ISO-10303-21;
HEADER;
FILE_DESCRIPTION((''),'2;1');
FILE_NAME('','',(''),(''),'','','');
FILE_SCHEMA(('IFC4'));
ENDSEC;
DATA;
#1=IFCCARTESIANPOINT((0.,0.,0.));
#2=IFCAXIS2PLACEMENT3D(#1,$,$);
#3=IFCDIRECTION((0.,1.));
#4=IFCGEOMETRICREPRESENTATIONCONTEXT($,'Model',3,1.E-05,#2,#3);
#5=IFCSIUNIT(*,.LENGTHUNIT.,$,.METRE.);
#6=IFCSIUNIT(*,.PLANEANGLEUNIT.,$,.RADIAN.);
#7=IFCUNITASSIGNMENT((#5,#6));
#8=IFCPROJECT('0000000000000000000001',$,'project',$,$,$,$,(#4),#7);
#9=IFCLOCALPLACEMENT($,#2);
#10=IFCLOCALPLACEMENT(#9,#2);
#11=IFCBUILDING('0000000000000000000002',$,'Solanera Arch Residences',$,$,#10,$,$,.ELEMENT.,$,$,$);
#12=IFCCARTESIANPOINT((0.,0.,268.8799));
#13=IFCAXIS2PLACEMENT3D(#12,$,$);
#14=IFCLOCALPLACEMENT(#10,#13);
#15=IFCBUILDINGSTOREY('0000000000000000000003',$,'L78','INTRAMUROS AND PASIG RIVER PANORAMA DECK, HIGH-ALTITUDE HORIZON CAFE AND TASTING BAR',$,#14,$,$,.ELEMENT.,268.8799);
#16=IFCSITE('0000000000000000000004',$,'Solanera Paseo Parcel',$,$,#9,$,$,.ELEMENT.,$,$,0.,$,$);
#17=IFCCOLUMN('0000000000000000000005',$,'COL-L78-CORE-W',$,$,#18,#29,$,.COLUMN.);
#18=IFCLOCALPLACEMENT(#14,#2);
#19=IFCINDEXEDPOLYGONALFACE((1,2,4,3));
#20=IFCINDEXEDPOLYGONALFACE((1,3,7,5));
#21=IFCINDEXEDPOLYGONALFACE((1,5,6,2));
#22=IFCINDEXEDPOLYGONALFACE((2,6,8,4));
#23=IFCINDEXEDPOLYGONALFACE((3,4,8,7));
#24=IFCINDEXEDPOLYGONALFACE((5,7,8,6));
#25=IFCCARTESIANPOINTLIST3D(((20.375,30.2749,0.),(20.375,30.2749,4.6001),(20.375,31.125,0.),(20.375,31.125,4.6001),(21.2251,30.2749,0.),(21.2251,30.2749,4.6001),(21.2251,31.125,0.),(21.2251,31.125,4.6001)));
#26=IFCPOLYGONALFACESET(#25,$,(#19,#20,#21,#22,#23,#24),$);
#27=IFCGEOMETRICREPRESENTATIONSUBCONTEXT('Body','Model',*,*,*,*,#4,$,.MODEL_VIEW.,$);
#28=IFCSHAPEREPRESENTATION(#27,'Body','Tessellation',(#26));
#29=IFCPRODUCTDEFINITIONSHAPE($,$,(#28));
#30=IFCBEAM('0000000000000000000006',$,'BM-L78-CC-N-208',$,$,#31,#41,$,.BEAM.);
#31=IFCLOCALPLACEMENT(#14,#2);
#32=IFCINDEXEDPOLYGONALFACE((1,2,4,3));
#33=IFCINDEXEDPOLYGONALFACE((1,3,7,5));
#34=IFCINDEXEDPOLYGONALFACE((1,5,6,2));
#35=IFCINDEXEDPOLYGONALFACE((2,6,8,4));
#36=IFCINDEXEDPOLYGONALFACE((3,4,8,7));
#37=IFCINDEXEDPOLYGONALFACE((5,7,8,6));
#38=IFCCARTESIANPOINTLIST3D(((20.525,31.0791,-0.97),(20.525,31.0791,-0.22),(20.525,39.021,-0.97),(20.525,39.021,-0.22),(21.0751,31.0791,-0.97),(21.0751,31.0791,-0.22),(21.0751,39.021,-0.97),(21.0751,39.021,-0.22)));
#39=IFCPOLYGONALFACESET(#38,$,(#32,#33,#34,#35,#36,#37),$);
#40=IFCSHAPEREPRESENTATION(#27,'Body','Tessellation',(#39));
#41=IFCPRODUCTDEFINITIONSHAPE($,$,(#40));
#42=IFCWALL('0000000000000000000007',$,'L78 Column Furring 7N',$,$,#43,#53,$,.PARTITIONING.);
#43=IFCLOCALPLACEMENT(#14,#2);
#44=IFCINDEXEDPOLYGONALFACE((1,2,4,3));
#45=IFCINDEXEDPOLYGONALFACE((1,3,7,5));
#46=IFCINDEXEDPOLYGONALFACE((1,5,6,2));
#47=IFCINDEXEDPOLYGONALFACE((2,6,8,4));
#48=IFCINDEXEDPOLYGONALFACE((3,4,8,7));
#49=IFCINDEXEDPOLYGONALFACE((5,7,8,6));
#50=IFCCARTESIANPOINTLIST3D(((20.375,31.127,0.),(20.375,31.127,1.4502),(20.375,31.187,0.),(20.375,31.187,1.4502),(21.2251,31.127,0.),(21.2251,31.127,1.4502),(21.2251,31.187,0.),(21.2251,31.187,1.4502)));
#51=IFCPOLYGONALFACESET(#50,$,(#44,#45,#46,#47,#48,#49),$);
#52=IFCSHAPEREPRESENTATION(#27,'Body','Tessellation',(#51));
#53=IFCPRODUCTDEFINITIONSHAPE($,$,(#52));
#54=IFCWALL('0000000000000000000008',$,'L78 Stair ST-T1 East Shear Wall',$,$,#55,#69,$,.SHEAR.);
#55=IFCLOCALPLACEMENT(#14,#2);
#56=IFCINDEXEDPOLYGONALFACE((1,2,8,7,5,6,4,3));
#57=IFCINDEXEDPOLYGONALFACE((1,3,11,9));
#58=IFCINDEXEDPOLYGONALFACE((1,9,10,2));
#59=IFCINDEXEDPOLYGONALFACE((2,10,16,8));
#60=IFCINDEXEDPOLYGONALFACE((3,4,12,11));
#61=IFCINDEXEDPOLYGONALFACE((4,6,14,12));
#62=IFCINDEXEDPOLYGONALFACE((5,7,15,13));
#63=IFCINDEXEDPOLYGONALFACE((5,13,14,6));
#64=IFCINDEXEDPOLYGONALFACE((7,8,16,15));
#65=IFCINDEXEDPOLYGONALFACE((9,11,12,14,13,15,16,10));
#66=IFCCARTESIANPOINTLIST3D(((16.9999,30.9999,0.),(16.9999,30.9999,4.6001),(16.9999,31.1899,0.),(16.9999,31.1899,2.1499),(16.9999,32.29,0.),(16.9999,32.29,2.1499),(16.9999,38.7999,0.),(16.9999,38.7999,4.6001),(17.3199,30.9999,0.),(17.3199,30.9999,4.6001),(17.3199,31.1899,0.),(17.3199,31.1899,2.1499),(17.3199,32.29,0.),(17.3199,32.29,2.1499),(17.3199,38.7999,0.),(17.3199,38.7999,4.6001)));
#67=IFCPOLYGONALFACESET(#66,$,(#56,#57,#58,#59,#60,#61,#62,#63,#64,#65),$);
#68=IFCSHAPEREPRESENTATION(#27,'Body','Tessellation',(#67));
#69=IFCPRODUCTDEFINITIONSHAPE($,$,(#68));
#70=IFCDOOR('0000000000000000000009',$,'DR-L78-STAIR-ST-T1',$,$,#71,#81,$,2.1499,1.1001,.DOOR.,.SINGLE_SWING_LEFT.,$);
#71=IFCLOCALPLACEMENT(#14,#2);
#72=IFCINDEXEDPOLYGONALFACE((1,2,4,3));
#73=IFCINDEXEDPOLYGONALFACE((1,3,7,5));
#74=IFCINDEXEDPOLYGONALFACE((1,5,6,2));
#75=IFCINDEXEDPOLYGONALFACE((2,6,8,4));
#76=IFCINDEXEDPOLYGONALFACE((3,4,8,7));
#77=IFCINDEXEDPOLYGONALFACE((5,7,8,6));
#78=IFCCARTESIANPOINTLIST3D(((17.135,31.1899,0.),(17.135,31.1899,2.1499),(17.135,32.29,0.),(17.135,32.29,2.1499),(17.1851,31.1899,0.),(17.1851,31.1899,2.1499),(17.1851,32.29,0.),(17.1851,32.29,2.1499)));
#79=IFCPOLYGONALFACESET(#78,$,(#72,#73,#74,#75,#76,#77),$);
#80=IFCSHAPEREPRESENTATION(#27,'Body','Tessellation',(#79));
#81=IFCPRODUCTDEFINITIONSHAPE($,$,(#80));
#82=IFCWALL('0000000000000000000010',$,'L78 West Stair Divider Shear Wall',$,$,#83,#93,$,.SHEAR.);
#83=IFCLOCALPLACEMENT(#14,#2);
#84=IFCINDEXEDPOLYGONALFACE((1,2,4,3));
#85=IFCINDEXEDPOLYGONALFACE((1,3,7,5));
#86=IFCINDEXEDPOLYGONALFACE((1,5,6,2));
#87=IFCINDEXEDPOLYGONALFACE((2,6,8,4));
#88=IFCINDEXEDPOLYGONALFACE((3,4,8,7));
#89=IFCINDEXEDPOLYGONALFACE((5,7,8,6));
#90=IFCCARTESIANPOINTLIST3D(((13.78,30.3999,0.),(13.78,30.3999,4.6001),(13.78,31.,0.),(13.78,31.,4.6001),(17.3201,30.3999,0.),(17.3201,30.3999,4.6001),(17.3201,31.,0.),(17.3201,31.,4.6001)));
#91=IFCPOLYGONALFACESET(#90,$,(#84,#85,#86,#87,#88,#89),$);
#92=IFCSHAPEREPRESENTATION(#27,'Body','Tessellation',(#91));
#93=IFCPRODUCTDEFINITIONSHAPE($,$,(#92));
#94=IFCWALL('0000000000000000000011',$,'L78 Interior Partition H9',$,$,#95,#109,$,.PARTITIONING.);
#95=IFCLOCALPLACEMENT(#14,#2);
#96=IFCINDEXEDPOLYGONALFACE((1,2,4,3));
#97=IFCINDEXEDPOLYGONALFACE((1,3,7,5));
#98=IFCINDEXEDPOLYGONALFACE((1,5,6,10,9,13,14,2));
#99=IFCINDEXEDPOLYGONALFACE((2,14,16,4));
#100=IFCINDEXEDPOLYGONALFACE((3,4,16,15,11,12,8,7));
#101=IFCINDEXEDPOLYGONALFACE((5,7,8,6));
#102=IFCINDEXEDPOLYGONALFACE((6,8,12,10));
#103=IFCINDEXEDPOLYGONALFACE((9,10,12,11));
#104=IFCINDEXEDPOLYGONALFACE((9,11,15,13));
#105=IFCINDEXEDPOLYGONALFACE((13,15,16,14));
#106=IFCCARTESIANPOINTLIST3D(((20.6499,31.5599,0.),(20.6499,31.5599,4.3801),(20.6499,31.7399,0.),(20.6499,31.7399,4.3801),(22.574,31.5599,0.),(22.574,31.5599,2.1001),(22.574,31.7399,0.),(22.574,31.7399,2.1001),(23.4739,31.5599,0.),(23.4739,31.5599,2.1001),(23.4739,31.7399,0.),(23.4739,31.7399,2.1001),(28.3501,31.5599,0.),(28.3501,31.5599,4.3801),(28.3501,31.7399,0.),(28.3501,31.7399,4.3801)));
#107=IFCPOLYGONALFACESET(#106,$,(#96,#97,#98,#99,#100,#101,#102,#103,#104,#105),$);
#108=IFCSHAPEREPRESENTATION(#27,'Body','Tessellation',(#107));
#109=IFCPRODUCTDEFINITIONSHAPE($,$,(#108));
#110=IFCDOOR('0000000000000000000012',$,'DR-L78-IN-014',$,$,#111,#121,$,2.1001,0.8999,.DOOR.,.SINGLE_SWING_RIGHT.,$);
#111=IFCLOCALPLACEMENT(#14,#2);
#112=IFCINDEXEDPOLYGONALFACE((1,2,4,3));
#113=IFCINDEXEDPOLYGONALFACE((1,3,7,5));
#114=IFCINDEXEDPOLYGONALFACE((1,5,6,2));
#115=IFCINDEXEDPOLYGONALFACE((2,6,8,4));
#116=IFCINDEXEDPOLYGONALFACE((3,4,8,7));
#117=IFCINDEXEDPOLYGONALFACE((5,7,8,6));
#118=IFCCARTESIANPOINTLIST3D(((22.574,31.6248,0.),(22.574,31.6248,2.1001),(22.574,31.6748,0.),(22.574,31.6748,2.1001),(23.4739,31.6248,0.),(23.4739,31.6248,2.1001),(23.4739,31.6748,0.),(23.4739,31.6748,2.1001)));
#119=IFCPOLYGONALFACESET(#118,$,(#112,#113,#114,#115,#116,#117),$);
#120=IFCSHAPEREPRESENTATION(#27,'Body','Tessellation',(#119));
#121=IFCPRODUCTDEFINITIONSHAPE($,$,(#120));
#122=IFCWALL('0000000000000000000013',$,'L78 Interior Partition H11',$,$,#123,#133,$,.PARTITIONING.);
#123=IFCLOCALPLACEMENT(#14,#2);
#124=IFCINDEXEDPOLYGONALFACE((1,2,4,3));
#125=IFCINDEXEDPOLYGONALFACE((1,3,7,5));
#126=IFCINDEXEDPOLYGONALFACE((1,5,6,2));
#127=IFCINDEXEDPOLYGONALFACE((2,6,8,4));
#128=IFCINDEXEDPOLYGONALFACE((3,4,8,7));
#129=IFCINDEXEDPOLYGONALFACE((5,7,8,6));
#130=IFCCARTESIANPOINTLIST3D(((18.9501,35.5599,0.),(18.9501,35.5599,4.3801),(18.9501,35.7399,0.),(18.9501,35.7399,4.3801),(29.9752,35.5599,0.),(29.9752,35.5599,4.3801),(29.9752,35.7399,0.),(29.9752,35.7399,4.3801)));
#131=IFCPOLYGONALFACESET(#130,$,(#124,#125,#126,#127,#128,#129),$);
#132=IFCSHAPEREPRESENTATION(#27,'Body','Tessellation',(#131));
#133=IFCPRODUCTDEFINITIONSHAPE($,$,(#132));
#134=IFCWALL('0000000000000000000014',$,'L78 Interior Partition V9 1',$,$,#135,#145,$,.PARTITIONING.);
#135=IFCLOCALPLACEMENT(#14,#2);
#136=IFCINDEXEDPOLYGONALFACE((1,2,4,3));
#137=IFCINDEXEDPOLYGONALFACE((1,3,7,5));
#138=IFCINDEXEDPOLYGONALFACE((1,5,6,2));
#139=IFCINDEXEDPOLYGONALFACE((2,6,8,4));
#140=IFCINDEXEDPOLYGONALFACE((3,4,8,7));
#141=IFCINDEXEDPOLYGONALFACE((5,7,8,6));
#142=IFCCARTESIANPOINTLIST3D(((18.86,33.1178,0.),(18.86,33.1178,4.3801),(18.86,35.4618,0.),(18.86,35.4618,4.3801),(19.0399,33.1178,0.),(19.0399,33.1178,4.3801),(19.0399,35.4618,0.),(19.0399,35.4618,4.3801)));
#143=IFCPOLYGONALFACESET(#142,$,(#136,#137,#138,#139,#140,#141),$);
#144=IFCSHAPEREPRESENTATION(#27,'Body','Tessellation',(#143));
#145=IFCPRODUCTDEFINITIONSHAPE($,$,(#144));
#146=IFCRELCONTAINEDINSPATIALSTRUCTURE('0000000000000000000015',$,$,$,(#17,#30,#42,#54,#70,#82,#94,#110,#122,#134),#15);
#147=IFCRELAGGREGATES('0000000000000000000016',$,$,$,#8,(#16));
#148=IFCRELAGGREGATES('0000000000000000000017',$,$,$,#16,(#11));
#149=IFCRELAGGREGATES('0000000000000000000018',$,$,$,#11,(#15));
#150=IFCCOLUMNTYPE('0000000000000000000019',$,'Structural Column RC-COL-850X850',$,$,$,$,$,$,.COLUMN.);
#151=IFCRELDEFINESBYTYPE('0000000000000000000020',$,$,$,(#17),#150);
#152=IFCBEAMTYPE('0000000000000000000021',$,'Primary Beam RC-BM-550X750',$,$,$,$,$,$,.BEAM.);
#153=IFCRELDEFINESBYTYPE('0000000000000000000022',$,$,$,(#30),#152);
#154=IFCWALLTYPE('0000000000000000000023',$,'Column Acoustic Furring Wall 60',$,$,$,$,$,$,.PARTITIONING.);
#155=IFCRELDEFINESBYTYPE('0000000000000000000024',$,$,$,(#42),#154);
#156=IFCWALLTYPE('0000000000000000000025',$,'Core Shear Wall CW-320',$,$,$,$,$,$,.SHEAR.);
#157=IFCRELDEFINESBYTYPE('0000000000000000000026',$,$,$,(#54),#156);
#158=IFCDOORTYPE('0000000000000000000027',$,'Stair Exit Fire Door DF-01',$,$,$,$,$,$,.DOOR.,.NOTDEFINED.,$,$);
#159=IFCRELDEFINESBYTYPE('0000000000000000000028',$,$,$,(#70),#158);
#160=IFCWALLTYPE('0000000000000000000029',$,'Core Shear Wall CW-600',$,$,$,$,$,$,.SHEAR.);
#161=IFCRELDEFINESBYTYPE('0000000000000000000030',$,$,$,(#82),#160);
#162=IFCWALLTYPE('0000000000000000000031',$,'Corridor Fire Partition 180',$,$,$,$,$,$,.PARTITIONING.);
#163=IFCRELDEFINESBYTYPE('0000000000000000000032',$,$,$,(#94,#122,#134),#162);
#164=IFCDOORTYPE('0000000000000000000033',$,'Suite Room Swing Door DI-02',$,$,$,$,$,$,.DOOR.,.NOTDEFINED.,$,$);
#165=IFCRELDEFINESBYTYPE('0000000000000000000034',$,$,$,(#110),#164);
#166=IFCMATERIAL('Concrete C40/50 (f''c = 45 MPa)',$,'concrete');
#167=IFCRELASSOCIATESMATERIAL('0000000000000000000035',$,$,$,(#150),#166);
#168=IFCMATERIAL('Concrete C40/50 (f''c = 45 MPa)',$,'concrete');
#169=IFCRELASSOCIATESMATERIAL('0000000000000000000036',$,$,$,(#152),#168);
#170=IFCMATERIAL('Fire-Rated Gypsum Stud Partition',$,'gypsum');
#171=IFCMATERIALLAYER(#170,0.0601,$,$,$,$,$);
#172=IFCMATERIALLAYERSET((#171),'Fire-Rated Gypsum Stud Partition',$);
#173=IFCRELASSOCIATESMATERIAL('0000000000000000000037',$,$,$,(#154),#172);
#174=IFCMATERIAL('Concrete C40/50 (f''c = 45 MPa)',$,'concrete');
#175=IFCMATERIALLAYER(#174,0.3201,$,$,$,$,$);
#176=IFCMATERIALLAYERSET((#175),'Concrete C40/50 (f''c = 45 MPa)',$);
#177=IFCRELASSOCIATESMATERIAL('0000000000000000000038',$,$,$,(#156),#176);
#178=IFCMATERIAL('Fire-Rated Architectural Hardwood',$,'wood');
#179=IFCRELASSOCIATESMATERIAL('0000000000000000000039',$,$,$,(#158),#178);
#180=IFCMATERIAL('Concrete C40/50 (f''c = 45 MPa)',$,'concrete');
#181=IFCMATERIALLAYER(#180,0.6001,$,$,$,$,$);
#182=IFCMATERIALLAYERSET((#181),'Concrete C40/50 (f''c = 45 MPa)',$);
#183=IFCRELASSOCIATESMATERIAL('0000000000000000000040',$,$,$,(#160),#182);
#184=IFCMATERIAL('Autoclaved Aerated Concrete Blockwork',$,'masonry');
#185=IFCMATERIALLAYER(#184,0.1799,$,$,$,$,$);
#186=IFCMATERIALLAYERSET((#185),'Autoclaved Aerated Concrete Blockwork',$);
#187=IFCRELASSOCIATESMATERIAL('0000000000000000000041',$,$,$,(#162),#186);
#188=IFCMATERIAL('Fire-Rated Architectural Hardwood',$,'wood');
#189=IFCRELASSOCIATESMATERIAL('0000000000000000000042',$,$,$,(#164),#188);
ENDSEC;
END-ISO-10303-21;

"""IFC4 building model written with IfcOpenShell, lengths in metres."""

from ifc_helpers import new_model, si_unit, direction, frame, frame_2d, origin, origin_2d, place, context, subcontext, project, spatial, rectangle, extrude, material, layer, layer_set, material_profile, profile_set, type_object, element, fill, save


model = new_model("IFC4")

# Units and contexts
model_context = context("Model", 3, precision=1e-05, world=origin(), true_north=direction((0.0, 1.0)))
body_context = subcontext(model_context, "Body", "Model", "MODEL_VIEW")
ifc_project = project(units=[si_unit("LENGTHUNIT", "METRE"), si_unit("PLANEANGLEUNIT", "RADIAN")], contexts=[model_context])

# Site, building, storey
site_placement = place(None, origin())
site = spatial("IfcSite", under=ifc_project, at=site_placement, Name="Solanera Paseo Parcel", CompositionType="ELEMENT", RefElevation=0.0)
building_placement = place(site_placement, origin())
building = spatial("IfcBuilding", under=site, at=building_placement, Name="Solanera Arch Residences", CompositionType="ELEMENT")
storey_placement = place(building_placement, frame((0.0, 0.0, 268.8799)))
storey = spatial("IfcBuildingStorey", under=building, at=storey_placement, Name="L78", Description="INTRAMUROS AND PASIG RIVER PANORAMA DECK, HIGH-ALTITUDE HORIZON CAFE AND TASTING BAR", CompositionType="ELEMENT", Elevation=268.8799)

# Column
ifc_material_1 = material(Name="Concrete C40/50 (f'c = 45 MPa)", Category="concrete")
ifc_material_profile_1 = material_profile(ifc_material_1, rectangle(XDim=0.8501, YDim=0.8501, at=origin_2d()))
ifc_profile_set_1 = profile_set([ifc_material_profile_1], Name="Concrete C40/50 (f'c = 45 MPa)")
column_type = type_object("IfcColumnType", Name="Structural Column RC-COL-850X850", PredefinedType="COLUMN", material=ifc_profile_set_1)
column_placement = place(storey_placement, frame((20.8, 30.7, 0.0), z_axis=(0.0, 0.0, 1.0), x_axis=(1.0, 0.0, 0.0)))
element("IfcColumn", 1, at=column_placement, inside=storey, type_object=column_type, Name="COL-L78-CORE-W", PredefinedType="COLUMN", context=body_context, shape_type="SweptSolid", body=[
    extrude(rectangle(XDim=0.8501, YDim=0.8501, at=origin_2d()), origin(), (0.0, 0.0, 1.0), 4.6001),
])

# Beam
ifc_material_2 = material(Name="Concrete C40/50 (f'c = 45 MPa)", Category="concrete")
ifc_material_profile_2 = material_profile(ifc_material_2, rectangle(XDim=0.55, YDim=0.75, at=origin_2d()))
ifc_profile_set_2 = profile_set([ifc_material_profile_2], Name="Concrete C40/50 (f'c = 45 MPa)")
beam_type = type_object("IfcBeamType", Name="Primary Beam RC-BM-550X750", PredefinedType="BEAM", material=ifc_profile_set_2)
beam_placement = place(storey_placement, frame((20.8, 31.0791, -0.595), z_axis=(0.0, 1.0, 0.0), x_axis=(-1.0, 0.0, 0.0)))
element("IfcBeam", 2, at=beam_placement, inside=storey, type_object=beam_type, Name="BM-L78-CC-N-208", PredefinedType="BEAM", context=body_context, shape_type="SweptSolid", body=[
    extrude(rectangle(XDim=0.55, YDim=0.75, at=origin_2d()), origin(), (0.0, 0.0, 1.0), 7.9419),
])

# Wall
ifc_material_3 = material(Name="Fire-Rated Gypsum Stud Partition", Category="gypsum")
ifc_layer_1 = layer(ifc_material_3, 0.0601)
ifc_layer_set_1 = layer_set([ifc_layer_1], Name="Fire-Rated Gypsum Stud Partition")
wall_type_1 = type_object("IfcWallType", Name="Column Acoustic Furring Wall 60", PredefinedType="PARTITIONING", material=ifc_layer_set_1)
wall_1_placement = place(storey_placement, frame((20.375, 31.157, 0.0), z_axis=(0.0, 0.0, 1.0), x_axis=(1.0, 0.0, 0.0)))
element("IfcWall", 3, at=wall_1_placement, inside=storey, type_object=wall_type_1, Name="L78 Column Furring 7N", PredefinedType="PARTITIONING", context=body_context, shape_type="SweptSolid", body=[
    extrude(rectangle(XDim=0.8501, YDim=0.0601, at=frame_2d((0.425, 0.0))), origin(), (0.0, 0.0, 1.0), 1.4502),
])

# Wall, opening, door
ifc_material_4 = material(Name="Concrete C40/50 (f'c = 45 MPa)", Category="concrete")
ifc_layer_2 = layer(ifc_material_4, 0.3201)
ifc_layer_set_2 = layer_set([ifc_layer_2], Name="Concrete C40/50 (f'c = 45 MPa)")
wall_type_2 = type_object("IfcWallType", Name="Core Shear Wall CW-320", PredefinedType="SHEAR", material=ifc_layer_set_2)
wall_2_placement = place(storey_placement, frame((17.1599, 31.0, 0.0), z_axis=(0.0, 0.0, 1.0), x_axis=(0.0, 1.0, 0.0)))
wall_2 = element("IfcWall", 4, at=wall_2_placement, inside=storey, type_object=wall_type_2, Name="L78 Stair ST-T1 East Shear Wall", PredefinedType="SHEAR", context=body_context, shape_type="SweptSolid", body=[
    extrude(rectangle(XDim=7.8, YDim=0.3201, at=frame_2d((3.8999, 0.0))), origin(), (0.0, 0.0, 1.0), 4.6001),
])
opening_1_placement = place(wall_2_placement, frame((0.1899, 0.0, 0.0)))
opening_1 = element("IfcOpeningElement", 5, at=opening_1_placement, cuts=wall_2, PredefinedType="OPENING", context=body_context, shape_type="SweptSolid", body=[
    extrude(rectangle(XDim=1.1001, YDim=2.1499, at=frame_2d((0.55, 1.075))), frame((0.0, 0.1699, 0.0), z_axis=(0.0, -1.0, 0.0), x_axis=(1.0, 0.0, 0.0)), (0.0, 0.0, 1.0), 0.3401),
])
ifc_material_5 = material(Name="Fire-Rated Architectural Hardwood", Category="wood")
door_type_1 = type_object("IfcDoorType", Name="Stair Exit Fire Door DF-01", OperationType="NOTDEFINED", PredefinedType="DOOR", material=ifc_material_5)
door_1_placement = place(opening_1_placement, origin())
door_1 = element("IfcDoor", 6, at=door_1_placement, inside=storey, type_object=door_type_1, Name="DR-L78-STAIR-ST-T1", OperationType="SINGLE_SWING_LEFT", OverallHeight=2.1499, OverallWidth=1.1001, PredefinedType="DOOR", context=body_context, shape_type="SweptSolid", body=[
    extrude(rectangle(XDim=1.1001, YDim=2.1499, at=frame_2d((0.55, 1.075))), frame((0.0, 0.0249, 0.0), z_axis=(0.0, -1.0, 0.0), x_axis=(1.0, 0.0, 0.0)), (0.0, 0.0, 1.0), 0.05),
])
fill(opening_1, door_1)

# Wall
ifc_material_6 = material(Name="Concrete C40/50 (f'c = 45 MPa)", Category="concrete")
ifc_layer_3 = layer(ifc_material_6, 0.6001)
ifc_layer_set_3 = layer_set([ifc_layer_3], Name="Concrete C40/50 (f'c = 45 MPa)")
wall_type_3 = type_object("IfcWallType", Name="Core Shear Wall CW-600", PredefinedType="SHEAR", material=ifc_layer_set_3)
wall_3_placement = place(storey_placement, frame((13.78, 30.7, 0.0), z_axis=(0.0, 0.0, 1.0), x_axis=(1.0, 0.0, 0.0)))
element("IfcWall", 7, at=wall_3_placement, inside=storey, type_object=wall_type_3, Name="L78 West Stair Divider Shear Wall", PredefinedType="SHEAR", context=body_context, shape_type="SweptSolid", body=[
    extrude(rectangle(XDim=3.54, YDim=0.6001, at=frame_2d((1.77, 0.0))), origin(), (0.0, 0.0, 1.0), 4.6001),
])

# Wall, opening, door
ifc_material_7 = material(Name="Autoclaved Aerated Concrete Blockwork", Category="masonry")
ifc_layer_4 = layer(ifc_material_7, 0.1799)
ifc_layer_set_4 = layer_set([ifc_layer_4], Name="Autoclaved Aerated Concrete Blockwork")
wall_type_4 = type_object("IfcWallType", Name="Corridor Fire Partition 180", PredefinedType="PARTITIONING", material=ifc_layer_set_4)
wall_4_placement = place(storey_placement, frame((20.6499, 31.6499, 0.0), z_axis=(0.0, 0.0, 1.0), x_axis=(1.0, 0.0, 0.0)))
wall_4 = element("IfcWall", 8, at=wall_4_placement, inside=storey, type_object=wall_type_4, Name="L78 Interior Partition H9", PredefinedType="PARTITIONING", context=body_context, shape_type="SweptSolid", body=[
    extrude(rectangle(XDim=7.7002, YDim=0.1799, at=frame_2d((3.8501, 0.0))), origin(), (0.0, 0.0, 1.0), 4.3801),
])
opening_2_placement = place(wall_4_placement, frame((1.9241, 0.0, 0.0)))
opening_2 = element("IfcOpeningElement", 9, at=opening_2_placement, cuts=wall_4, PredefinedType="OPENING", context=body_context, shape_type="SweptSolid", body=[
    extrude(rectangle(XDim=0.8999, YDim=2.1001, at=frame_2d((0.45, 1.05))), frame((0.0, 0.1001, 0.0), z_axis=(0.0, -1.0, 0.0), x_axis=(1.0, 0.0, 0.0)), (0.0, 0.0, 1.0), 0.1999),
])
ifc_material_8 = material(Name="Fire-Rated Architectural Hardwood", Category="wood")
door_type_2 = type_object("IfcDoorType", Name="Suite Room Swing Door DI-02", OperationType="NOTDEFINED", PredefinedType="DOOR", material=ifc_material_8)
door_2_placement = place(opening_2_placement, origin())
door_2 = element("IfcDoor", 10, at=door_2_placement, inside=storey, type_object=door_type_2, Name="DR-L78-IN-014", OperationType="SINGLE_SWING_RIGHT", OverallHeight=2.1001, OverallWidth=0.8999, PredefinedType="DOOR", context=body_context, shape_type="SweptSolid", body=[
    extrude(rectangle(XDim=0.8999, YDim=2.1001, at=frame_2d((0.45, 1.05))), frame((0.0, 0.0249, 0.0), z_axis=(0.0, -1.0, 0.0), x_axis=(1.0, 0.0, 0.0)), (0.0, 0.0, 1.0), 0.05),
])
fill(opening_2, door_2)

# Walls
wall_5_placement = place(storey_placement, frame((18.95, 35.6499, 0.0), z_axis=(0.0, 0.0, 1.0), x_axis=(1.0, 0.0, 0.0)))
element("IfcWall", 11, at=wall_5_placement, inside=storey, type_object=wall_type_4, Name="L78 Interior Partition H11", PredefinedType="PARTITIONING", context=body_context, shape_type="SweptSolid", body=[
    extrude(rectangle(XDim=11.0251, YDim=0.1799, at=frame_2d((5.5127, 0.0))), origin(), (0.0, 0.0, 1.0), 4.3801),
])
wall_6_placement = place(storey_placement, frame((18.95, 33.1179, 0.0), z_axis=(0.0, 0.0, 1.0), x_axis=(0.0, 1.0, 0.0)))
element("IfcWall", 12, at=wall_6_placement, inside=storey, type_object=wall_type_4, Name="L78 Interior Partition V9 1", PredefinedType="PARTITIONING", context=body_context, shape_type="SweptSolid", body=[
    extrude(rectangle(XDim=2.344, YDim=0.1799, at=frame_2d((1.1719, 0.0))), origin(), (0.0, 0.0, 1.0), 4.3801),
])

save(model, "model.ifc")
